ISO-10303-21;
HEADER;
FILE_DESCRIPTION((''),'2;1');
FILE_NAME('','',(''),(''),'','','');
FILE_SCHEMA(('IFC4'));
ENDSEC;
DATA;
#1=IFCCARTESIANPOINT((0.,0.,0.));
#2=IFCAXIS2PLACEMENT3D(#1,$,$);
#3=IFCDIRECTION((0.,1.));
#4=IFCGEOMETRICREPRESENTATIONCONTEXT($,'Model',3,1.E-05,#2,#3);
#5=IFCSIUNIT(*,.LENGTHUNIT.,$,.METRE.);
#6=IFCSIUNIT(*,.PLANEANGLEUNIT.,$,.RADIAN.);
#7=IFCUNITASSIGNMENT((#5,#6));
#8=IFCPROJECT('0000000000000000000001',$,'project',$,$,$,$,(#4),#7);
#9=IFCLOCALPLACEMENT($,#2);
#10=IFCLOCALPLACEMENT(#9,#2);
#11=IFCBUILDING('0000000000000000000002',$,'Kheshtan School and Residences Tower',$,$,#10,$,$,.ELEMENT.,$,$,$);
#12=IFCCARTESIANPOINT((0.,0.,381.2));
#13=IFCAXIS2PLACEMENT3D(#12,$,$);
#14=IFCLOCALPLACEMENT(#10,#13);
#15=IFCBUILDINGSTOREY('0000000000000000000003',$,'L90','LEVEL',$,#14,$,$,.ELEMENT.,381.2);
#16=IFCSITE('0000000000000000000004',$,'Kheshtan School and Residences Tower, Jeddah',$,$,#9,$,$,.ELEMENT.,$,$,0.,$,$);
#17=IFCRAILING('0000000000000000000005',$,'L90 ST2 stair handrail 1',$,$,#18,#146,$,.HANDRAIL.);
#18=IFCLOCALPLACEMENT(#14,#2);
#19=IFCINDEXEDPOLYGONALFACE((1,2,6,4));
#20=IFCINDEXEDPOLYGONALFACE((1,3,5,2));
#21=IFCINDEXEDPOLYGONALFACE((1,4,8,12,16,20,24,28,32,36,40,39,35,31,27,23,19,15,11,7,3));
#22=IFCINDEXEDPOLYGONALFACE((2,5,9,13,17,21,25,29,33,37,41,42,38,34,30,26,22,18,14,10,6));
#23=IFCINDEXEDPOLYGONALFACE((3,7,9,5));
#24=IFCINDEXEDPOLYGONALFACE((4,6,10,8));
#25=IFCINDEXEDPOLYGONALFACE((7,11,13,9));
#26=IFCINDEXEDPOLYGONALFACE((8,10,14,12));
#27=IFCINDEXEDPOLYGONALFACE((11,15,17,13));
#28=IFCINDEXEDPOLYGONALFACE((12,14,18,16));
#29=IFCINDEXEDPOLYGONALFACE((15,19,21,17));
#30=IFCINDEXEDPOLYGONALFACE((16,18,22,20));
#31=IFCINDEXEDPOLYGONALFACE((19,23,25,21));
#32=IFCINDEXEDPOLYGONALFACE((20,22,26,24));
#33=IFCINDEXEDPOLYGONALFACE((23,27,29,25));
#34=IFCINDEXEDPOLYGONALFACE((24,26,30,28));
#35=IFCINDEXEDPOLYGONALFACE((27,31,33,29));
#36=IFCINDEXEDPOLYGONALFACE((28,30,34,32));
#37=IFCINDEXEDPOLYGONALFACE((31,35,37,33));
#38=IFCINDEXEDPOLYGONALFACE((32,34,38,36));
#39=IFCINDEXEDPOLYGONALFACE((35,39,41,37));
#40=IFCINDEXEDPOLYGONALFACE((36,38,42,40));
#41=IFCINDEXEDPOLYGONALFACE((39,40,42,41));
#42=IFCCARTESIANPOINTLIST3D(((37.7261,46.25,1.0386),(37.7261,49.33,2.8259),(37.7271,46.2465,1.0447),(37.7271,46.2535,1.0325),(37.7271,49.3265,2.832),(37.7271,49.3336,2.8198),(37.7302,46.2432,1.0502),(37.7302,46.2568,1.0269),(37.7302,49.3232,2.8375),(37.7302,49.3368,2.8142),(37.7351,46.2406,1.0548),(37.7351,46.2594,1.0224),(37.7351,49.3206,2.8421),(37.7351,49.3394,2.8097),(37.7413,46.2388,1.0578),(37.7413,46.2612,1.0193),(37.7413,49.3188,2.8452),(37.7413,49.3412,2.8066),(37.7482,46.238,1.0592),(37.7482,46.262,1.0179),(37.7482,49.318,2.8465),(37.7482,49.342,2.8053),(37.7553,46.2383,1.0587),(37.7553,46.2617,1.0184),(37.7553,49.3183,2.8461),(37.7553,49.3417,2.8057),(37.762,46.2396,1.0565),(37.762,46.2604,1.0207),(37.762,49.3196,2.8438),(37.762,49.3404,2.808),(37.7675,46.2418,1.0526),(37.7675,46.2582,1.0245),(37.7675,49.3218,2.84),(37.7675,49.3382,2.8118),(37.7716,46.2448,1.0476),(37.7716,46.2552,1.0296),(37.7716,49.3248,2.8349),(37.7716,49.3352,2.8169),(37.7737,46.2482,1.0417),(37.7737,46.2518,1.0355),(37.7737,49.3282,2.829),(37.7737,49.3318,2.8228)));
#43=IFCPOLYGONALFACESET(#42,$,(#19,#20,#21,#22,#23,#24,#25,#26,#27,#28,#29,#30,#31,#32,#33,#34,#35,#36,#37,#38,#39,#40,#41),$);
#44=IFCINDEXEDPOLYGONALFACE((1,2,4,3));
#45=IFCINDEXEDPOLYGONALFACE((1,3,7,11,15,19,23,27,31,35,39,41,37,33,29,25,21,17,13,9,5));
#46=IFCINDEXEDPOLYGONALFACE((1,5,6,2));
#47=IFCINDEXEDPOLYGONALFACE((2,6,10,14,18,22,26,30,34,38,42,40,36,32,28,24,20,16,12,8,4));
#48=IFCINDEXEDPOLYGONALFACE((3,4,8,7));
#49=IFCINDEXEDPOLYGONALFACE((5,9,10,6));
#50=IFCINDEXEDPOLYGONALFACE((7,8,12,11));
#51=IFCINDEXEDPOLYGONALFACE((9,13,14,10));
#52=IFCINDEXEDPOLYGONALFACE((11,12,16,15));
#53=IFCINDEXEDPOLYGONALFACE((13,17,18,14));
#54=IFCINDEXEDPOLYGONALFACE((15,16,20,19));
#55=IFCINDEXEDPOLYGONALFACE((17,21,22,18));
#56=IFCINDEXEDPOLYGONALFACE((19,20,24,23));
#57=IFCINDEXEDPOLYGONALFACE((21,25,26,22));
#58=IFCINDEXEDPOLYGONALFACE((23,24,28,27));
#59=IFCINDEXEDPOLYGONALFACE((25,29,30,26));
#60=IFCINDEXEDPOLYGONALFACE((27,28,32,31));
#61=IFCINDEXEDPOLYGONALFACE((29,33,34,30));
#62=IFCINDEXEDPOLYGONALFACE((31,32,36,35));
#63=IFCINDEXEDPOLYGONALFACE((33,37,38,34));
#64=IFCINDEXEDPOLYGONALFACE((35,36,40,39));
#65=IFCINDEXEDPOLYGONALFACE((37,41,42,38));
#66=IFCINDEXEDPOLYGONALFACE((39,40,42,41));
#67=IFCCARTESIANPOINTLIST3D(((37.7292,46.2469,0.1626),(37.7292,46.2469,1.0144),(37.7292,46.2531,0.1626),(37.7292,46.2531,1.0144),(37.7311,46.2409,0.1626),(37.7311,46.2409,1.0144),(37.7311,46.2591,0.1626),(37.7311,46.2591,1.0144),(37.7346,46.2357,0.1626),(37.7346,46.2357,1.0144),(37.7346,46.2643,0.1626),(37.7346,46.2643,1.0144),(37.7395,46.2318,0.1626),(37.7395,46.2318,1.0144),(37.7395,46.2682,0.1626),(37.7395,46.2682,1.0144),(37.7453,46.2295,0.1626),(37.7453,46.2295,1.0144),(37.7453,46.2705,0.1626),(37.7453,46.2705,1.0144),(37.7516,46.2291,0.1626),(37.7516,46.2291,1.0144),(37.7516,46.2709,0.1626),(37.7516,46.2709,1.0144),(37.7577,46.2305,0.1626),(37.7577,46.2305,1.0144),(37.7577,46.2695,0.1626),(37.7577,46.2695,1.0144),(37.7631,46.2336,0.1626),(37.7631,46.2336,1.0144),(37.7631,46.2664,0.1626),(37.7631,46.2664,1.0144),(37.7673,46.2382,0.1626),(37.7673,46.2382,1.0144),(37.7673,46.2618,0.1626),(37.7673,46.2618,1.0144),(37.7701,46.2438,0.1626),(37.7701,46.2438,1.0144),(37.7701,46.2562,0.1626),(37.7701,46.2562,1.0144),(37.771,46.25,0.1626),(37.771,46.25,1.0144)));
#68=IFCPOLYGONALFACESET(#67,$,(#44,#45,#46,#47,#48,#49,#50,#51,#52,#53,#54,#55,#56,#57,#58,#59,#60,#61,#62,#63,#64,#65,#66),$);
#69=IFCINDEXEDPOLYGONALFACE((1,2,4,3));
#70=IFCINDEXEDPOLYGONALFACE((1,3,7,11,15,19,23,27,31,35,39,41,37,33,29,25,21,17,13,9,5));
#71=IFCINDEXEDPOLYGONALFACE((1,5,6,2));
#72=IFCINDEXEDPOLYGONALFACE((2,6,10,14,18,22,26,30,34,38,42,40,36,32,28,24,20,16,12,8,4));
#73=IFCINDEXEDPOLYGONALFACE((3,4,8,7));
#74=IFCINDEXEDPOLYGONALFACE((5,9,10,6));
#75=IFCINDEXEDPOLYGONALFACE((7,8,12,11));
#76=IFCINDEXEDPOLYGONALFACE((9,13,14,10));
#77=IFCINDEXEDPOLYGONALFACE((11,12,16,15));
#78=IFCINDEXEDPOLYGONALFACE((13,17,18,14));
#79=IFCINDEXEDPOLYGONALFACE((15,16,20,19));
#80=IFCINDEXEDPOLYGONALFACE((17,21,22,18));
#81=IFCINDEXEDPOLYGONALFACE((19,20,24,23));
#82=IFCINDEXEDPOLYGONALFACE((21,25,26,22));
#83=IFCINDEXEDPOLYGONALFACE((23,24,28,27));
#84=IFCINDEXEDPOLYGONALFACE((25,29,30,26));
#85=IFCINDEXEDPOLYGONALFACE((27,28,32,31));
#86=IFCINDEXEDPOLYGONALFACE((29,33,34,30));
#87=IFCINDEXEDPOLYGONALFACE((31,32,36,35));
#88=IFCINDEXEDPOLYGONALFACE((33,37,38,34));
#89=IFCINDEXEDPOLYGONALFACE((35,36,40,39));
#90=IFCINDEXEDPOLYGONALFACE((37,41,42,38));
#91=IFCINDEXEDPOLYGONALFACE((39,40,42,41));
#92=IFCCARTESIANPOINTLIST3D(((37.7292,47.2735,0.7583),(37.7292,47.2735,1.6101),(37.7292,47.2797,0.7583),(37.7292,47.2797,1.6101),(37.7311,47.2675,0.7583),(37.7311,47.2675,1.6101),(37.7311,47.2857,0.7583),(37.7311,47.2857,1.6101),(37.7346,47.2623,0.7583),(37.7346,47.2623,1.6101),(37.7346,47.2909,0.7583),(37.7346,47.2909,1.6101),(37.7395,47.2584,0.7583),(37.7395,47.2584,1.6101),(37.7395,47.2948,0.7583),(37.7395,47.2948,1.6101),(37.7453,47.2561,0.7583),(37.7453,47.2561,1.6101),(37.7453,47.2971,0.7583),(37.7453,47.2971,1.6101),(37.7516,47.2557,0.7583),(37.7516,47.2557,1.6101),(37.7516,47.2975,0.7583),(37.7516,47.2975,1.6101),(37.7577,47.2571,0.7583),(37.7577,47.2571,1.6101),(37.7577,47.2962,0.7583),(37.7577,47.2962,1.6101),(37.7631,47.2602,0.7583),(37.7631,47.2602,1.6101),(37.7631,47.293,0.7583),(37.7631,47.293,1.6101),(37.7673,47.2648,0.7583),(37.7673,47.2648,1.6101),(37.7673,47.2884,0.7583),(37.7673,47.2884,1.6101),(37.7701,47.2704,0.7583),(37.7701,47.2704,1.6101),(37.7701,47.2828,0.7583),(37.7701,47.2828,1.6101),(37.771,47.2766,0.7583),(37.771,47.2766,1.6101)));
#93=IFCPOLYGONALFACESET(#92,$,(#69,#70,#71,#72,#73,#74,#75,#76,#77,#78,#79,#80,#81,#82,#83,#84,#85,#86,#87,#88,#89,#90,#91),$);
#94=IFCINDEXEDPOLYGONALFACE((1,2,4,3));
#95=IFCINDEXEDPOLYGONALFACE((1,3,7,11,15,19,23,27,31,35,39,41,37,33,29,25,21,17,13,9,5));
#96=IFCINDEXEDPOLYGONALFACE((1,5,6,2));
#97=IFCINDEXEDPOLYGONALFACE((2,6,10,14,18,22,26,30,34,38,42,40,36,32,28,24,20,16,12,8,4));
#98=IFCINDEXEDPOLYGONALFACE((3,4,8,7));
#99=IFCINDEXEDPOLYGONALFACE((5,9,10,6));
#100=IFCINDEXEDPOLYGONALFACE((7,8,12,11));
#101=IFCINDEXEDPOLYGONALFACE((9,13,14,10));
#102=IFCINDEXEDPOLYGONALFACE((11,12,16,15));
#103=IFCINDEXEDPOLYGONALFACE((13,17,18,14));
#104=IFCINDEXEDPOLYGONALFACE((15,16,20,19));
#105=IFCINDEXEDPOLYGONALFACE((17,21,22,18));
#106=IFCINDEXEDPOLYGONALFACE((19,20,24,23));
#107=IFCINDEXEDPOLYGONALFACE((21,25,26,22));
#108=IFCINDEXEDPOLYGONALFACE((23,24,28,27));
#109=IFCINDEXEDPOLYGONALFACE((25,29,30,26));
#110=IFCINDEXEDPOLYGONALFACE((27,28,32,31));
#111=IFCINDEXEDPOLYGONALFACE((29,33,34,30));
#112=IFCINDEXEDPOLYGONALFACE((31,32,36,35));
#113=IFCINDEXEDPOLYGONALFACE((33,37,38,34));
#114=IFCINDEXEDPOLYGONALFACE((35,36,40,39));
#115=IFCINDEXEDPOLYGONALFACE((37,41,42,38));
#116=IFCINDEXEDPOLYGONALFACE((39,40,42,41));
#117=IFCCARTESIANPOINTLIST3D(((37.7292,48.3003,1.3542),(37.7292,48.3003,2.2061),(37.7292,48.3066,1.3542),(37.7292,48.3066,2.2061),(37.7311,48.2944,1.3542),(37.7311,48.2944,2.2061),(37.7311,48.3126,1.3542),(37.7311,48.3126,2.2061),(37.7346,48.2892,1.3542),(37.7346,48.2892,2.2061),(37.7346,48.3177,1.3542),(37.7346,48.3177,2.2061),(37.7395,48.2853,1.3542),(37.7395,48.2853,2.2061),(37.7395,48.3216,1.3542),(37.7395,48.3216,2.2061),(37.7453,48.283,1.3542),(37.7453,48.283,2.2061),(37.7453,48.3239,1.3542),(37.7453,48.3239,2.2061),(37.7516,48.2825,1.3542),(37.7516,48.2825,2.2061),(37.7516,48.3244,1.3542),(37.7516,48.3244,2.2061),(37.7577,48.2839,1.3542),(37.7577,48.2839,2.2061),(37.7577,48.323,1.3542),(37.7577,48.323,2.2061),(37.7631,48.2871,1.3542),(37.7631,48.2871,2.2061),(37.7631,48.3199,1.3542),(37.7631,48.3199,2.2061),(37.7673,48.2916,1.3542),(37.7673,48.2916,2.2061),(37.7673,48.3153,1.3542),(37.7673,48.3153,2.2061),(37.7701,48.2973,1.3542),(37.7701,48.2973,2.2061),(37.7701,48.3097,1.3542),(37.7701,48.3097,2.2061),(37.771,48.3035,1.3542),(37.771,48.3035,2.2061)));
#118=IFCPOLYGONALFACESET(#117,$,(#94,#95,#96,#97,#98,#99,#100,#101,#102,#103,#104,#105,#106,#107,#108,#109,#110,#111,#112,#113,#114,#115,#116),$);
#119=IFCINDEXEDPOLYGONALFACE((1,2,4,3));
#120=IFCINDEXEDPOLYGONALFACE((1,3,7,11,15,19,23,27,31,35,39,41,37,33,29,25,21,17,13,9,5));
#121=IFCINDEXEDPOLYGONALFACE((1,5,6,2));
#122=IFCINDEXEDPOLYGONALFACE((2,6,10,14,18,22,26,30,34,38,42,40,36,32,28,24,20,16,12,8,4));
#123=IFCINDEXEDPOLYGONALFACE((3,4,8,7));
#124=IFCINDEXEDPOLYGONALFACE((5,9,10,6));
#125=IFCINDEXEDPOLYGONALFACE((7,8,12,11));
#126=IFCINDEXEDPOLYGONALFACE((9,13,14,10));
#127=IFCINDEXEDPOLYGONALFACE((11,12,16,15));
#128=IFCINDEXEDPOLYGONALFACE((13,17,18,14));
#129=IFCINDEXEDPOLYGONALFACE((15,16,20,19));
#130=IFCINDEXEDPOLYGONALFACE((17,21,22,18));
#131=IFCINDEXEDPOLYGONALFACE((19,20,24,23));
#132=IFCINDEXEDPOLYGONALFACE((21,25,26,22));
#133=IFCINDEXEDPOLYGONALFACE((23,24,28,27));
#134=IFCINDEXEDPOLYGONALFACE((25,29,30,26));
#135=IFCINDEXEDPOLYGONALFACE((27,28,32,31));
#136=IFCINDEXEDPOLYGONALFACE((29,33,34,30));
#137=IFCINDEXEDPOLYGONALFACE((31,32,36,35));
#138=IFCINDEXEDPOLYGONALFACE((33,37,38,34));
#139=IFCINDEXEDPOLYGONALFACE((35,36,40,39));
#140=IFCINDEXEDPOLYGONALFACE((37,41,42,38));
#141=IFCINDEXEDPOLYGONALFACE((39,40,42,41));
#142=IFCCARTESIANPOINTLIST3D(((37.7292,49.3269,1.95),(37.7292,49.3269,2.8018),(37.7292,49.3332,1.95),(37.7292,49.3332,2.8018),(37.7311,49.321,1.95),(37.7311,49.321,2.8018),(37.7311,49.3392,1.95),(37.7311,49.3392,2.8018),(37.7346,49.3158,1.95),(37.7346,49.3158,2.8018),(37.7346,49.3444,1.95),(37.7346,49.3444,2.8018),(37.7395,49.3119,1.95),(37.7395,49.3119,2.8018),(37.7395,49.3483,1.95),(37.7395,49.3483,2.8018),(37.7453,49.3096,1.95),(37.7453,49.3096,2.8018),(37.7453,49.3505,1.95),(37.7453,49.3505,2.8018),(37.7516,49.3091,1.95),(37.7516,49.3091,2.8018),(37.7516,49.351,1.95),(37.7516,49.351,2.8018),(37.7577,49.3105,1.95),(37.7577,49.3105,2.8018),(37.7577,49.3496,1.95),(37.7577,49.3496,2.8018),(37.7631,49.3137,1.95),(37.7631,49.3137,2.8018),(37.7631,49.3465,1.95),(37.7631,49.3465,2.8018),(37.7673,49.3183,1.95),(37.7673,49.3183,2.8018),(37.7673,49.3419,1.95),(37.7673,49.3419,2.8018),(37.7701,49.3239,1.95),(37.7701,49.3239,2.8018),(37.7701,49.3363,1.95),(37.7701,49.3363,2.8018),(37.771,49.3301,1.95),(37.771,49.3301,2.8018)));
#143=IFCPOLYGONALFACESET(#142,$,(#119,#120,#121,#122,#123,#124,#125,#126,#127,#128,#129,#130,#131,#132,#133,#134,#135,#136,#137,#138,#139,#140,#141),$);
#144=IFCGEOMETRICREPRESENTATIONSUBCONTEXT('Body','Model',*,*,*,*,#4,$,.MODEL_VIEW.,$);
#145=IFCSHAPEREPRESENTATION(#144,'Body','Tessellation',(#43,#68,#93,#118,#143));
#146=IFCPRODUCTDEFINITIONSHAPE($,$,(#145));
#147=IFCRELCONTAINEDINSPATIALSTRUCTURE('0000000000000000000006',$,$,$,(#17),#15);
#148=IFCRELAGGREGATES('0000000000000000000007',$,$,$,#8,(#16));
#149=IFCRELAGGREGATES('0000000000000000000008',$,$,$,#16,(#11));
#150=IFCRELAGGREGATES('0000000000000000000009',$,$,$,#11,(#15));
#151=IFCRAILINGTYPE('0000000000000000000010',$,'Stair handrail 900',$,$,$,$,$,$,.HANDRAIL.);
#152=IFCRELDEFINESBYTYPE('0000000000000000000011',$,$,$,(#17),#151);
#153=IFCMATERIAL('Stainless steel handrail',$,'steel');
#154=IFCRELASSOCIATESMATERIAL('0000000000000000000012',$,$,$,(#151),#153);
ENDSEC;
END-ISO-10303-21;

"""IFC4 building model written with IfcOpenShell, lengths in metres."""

from ifc_helpers import new_model, si_unit, direction, frame, origin, origin_2d, place, context, subcontext, project, spatial, circle, extrude, material, type_object, element, save


model = new_model("IFC4")

# Units and contexts
model_context = context("Model", 3, precision=1e-05, world=origin(), true_north=direction((0.0, 1.0)))
body_context = subcontext(model_context, "Body", "Model", "MODEL_VIEW")
ifc_project = project(units=[si_unit("LENGTHUNIT", "METRE"), si_unit("PLANEANGLEUNIT", "RADIAN")], contexts=[model_context])

# Site, building, storey
site_placement = place(None, origin())
site = spatial("IfcSite", under=ifc_project, at=site_placement, Name="Kheshtan School and Residences Tower, Jeddah", CompositionType="ELEMENT", RefElevation=0.0)
building_placement = place(site_placement, origin())
building = spatial("IfcBuilding", under=site, at=building_placement, Name="Kheshtan School and Residences Tower", CompositionType="ELEMENT")
storey_placement = place(building_placement, frame((0.0, 0.0, 381.2)))
storey = spatial("IfcBuildingStorey", under=building, at=storey_placement, Name="L90", Description="LEVEL", CompositionType="ELEMENT", Elevation=381.2)

# Railing
ifc_material_1 = material(Name="Stainless steel handrail", Category="steel")
railing_type_1 = type_object("IfcRailingType", Name="Stair handrail 900", PredefinedType="HANDRAIL", material=ifc_material_1)
railing_1_placement = place(storey_placement, frame((37.75, 46.25, 0.1626)))
element("IfcRailing", 1, at=railing_1_placement, inside=storey, type_object=railing_type_1, Name="L90 ST2 stair handrail 1", PredefinedType="HANDRAIL", context=body_context, shape_type="SweptSolid", body=[
    extrude(circle(Radius=0.0239, at=origin_2d()), frame((0.0, 0.0, 0.876), z_axis=(0.0, 0.86492, 0.501909), x_axis=(-1.0, 0.0, 0.0)), (0.0, 0.0, 1.0), 3.561),
    extrude(circle(Radius=0.021, at=origin_2d()), origin(), (0.0, 0.0, 1.0), 0.8518),
    extrude(circle(Radius=0.021, at=origin_2d()), frame((0.0, 1.0266, 0.5957)), (0.0, 0.0, 1.0), 0.8518),
    extrude(circle(Radius=0.021, at=origin_2d()), frame((0.0, 2.0535, 1.1917)), (0.0, 0.0, 1.0), 0.8518),
    extrude(circle(Radius=0.021, at=origin_2d()), frame((0.0, 3.0801, 1.7874)), (0.0, 0.0, 1.0), 0.8518),
])

save(model, "model.ifc")
